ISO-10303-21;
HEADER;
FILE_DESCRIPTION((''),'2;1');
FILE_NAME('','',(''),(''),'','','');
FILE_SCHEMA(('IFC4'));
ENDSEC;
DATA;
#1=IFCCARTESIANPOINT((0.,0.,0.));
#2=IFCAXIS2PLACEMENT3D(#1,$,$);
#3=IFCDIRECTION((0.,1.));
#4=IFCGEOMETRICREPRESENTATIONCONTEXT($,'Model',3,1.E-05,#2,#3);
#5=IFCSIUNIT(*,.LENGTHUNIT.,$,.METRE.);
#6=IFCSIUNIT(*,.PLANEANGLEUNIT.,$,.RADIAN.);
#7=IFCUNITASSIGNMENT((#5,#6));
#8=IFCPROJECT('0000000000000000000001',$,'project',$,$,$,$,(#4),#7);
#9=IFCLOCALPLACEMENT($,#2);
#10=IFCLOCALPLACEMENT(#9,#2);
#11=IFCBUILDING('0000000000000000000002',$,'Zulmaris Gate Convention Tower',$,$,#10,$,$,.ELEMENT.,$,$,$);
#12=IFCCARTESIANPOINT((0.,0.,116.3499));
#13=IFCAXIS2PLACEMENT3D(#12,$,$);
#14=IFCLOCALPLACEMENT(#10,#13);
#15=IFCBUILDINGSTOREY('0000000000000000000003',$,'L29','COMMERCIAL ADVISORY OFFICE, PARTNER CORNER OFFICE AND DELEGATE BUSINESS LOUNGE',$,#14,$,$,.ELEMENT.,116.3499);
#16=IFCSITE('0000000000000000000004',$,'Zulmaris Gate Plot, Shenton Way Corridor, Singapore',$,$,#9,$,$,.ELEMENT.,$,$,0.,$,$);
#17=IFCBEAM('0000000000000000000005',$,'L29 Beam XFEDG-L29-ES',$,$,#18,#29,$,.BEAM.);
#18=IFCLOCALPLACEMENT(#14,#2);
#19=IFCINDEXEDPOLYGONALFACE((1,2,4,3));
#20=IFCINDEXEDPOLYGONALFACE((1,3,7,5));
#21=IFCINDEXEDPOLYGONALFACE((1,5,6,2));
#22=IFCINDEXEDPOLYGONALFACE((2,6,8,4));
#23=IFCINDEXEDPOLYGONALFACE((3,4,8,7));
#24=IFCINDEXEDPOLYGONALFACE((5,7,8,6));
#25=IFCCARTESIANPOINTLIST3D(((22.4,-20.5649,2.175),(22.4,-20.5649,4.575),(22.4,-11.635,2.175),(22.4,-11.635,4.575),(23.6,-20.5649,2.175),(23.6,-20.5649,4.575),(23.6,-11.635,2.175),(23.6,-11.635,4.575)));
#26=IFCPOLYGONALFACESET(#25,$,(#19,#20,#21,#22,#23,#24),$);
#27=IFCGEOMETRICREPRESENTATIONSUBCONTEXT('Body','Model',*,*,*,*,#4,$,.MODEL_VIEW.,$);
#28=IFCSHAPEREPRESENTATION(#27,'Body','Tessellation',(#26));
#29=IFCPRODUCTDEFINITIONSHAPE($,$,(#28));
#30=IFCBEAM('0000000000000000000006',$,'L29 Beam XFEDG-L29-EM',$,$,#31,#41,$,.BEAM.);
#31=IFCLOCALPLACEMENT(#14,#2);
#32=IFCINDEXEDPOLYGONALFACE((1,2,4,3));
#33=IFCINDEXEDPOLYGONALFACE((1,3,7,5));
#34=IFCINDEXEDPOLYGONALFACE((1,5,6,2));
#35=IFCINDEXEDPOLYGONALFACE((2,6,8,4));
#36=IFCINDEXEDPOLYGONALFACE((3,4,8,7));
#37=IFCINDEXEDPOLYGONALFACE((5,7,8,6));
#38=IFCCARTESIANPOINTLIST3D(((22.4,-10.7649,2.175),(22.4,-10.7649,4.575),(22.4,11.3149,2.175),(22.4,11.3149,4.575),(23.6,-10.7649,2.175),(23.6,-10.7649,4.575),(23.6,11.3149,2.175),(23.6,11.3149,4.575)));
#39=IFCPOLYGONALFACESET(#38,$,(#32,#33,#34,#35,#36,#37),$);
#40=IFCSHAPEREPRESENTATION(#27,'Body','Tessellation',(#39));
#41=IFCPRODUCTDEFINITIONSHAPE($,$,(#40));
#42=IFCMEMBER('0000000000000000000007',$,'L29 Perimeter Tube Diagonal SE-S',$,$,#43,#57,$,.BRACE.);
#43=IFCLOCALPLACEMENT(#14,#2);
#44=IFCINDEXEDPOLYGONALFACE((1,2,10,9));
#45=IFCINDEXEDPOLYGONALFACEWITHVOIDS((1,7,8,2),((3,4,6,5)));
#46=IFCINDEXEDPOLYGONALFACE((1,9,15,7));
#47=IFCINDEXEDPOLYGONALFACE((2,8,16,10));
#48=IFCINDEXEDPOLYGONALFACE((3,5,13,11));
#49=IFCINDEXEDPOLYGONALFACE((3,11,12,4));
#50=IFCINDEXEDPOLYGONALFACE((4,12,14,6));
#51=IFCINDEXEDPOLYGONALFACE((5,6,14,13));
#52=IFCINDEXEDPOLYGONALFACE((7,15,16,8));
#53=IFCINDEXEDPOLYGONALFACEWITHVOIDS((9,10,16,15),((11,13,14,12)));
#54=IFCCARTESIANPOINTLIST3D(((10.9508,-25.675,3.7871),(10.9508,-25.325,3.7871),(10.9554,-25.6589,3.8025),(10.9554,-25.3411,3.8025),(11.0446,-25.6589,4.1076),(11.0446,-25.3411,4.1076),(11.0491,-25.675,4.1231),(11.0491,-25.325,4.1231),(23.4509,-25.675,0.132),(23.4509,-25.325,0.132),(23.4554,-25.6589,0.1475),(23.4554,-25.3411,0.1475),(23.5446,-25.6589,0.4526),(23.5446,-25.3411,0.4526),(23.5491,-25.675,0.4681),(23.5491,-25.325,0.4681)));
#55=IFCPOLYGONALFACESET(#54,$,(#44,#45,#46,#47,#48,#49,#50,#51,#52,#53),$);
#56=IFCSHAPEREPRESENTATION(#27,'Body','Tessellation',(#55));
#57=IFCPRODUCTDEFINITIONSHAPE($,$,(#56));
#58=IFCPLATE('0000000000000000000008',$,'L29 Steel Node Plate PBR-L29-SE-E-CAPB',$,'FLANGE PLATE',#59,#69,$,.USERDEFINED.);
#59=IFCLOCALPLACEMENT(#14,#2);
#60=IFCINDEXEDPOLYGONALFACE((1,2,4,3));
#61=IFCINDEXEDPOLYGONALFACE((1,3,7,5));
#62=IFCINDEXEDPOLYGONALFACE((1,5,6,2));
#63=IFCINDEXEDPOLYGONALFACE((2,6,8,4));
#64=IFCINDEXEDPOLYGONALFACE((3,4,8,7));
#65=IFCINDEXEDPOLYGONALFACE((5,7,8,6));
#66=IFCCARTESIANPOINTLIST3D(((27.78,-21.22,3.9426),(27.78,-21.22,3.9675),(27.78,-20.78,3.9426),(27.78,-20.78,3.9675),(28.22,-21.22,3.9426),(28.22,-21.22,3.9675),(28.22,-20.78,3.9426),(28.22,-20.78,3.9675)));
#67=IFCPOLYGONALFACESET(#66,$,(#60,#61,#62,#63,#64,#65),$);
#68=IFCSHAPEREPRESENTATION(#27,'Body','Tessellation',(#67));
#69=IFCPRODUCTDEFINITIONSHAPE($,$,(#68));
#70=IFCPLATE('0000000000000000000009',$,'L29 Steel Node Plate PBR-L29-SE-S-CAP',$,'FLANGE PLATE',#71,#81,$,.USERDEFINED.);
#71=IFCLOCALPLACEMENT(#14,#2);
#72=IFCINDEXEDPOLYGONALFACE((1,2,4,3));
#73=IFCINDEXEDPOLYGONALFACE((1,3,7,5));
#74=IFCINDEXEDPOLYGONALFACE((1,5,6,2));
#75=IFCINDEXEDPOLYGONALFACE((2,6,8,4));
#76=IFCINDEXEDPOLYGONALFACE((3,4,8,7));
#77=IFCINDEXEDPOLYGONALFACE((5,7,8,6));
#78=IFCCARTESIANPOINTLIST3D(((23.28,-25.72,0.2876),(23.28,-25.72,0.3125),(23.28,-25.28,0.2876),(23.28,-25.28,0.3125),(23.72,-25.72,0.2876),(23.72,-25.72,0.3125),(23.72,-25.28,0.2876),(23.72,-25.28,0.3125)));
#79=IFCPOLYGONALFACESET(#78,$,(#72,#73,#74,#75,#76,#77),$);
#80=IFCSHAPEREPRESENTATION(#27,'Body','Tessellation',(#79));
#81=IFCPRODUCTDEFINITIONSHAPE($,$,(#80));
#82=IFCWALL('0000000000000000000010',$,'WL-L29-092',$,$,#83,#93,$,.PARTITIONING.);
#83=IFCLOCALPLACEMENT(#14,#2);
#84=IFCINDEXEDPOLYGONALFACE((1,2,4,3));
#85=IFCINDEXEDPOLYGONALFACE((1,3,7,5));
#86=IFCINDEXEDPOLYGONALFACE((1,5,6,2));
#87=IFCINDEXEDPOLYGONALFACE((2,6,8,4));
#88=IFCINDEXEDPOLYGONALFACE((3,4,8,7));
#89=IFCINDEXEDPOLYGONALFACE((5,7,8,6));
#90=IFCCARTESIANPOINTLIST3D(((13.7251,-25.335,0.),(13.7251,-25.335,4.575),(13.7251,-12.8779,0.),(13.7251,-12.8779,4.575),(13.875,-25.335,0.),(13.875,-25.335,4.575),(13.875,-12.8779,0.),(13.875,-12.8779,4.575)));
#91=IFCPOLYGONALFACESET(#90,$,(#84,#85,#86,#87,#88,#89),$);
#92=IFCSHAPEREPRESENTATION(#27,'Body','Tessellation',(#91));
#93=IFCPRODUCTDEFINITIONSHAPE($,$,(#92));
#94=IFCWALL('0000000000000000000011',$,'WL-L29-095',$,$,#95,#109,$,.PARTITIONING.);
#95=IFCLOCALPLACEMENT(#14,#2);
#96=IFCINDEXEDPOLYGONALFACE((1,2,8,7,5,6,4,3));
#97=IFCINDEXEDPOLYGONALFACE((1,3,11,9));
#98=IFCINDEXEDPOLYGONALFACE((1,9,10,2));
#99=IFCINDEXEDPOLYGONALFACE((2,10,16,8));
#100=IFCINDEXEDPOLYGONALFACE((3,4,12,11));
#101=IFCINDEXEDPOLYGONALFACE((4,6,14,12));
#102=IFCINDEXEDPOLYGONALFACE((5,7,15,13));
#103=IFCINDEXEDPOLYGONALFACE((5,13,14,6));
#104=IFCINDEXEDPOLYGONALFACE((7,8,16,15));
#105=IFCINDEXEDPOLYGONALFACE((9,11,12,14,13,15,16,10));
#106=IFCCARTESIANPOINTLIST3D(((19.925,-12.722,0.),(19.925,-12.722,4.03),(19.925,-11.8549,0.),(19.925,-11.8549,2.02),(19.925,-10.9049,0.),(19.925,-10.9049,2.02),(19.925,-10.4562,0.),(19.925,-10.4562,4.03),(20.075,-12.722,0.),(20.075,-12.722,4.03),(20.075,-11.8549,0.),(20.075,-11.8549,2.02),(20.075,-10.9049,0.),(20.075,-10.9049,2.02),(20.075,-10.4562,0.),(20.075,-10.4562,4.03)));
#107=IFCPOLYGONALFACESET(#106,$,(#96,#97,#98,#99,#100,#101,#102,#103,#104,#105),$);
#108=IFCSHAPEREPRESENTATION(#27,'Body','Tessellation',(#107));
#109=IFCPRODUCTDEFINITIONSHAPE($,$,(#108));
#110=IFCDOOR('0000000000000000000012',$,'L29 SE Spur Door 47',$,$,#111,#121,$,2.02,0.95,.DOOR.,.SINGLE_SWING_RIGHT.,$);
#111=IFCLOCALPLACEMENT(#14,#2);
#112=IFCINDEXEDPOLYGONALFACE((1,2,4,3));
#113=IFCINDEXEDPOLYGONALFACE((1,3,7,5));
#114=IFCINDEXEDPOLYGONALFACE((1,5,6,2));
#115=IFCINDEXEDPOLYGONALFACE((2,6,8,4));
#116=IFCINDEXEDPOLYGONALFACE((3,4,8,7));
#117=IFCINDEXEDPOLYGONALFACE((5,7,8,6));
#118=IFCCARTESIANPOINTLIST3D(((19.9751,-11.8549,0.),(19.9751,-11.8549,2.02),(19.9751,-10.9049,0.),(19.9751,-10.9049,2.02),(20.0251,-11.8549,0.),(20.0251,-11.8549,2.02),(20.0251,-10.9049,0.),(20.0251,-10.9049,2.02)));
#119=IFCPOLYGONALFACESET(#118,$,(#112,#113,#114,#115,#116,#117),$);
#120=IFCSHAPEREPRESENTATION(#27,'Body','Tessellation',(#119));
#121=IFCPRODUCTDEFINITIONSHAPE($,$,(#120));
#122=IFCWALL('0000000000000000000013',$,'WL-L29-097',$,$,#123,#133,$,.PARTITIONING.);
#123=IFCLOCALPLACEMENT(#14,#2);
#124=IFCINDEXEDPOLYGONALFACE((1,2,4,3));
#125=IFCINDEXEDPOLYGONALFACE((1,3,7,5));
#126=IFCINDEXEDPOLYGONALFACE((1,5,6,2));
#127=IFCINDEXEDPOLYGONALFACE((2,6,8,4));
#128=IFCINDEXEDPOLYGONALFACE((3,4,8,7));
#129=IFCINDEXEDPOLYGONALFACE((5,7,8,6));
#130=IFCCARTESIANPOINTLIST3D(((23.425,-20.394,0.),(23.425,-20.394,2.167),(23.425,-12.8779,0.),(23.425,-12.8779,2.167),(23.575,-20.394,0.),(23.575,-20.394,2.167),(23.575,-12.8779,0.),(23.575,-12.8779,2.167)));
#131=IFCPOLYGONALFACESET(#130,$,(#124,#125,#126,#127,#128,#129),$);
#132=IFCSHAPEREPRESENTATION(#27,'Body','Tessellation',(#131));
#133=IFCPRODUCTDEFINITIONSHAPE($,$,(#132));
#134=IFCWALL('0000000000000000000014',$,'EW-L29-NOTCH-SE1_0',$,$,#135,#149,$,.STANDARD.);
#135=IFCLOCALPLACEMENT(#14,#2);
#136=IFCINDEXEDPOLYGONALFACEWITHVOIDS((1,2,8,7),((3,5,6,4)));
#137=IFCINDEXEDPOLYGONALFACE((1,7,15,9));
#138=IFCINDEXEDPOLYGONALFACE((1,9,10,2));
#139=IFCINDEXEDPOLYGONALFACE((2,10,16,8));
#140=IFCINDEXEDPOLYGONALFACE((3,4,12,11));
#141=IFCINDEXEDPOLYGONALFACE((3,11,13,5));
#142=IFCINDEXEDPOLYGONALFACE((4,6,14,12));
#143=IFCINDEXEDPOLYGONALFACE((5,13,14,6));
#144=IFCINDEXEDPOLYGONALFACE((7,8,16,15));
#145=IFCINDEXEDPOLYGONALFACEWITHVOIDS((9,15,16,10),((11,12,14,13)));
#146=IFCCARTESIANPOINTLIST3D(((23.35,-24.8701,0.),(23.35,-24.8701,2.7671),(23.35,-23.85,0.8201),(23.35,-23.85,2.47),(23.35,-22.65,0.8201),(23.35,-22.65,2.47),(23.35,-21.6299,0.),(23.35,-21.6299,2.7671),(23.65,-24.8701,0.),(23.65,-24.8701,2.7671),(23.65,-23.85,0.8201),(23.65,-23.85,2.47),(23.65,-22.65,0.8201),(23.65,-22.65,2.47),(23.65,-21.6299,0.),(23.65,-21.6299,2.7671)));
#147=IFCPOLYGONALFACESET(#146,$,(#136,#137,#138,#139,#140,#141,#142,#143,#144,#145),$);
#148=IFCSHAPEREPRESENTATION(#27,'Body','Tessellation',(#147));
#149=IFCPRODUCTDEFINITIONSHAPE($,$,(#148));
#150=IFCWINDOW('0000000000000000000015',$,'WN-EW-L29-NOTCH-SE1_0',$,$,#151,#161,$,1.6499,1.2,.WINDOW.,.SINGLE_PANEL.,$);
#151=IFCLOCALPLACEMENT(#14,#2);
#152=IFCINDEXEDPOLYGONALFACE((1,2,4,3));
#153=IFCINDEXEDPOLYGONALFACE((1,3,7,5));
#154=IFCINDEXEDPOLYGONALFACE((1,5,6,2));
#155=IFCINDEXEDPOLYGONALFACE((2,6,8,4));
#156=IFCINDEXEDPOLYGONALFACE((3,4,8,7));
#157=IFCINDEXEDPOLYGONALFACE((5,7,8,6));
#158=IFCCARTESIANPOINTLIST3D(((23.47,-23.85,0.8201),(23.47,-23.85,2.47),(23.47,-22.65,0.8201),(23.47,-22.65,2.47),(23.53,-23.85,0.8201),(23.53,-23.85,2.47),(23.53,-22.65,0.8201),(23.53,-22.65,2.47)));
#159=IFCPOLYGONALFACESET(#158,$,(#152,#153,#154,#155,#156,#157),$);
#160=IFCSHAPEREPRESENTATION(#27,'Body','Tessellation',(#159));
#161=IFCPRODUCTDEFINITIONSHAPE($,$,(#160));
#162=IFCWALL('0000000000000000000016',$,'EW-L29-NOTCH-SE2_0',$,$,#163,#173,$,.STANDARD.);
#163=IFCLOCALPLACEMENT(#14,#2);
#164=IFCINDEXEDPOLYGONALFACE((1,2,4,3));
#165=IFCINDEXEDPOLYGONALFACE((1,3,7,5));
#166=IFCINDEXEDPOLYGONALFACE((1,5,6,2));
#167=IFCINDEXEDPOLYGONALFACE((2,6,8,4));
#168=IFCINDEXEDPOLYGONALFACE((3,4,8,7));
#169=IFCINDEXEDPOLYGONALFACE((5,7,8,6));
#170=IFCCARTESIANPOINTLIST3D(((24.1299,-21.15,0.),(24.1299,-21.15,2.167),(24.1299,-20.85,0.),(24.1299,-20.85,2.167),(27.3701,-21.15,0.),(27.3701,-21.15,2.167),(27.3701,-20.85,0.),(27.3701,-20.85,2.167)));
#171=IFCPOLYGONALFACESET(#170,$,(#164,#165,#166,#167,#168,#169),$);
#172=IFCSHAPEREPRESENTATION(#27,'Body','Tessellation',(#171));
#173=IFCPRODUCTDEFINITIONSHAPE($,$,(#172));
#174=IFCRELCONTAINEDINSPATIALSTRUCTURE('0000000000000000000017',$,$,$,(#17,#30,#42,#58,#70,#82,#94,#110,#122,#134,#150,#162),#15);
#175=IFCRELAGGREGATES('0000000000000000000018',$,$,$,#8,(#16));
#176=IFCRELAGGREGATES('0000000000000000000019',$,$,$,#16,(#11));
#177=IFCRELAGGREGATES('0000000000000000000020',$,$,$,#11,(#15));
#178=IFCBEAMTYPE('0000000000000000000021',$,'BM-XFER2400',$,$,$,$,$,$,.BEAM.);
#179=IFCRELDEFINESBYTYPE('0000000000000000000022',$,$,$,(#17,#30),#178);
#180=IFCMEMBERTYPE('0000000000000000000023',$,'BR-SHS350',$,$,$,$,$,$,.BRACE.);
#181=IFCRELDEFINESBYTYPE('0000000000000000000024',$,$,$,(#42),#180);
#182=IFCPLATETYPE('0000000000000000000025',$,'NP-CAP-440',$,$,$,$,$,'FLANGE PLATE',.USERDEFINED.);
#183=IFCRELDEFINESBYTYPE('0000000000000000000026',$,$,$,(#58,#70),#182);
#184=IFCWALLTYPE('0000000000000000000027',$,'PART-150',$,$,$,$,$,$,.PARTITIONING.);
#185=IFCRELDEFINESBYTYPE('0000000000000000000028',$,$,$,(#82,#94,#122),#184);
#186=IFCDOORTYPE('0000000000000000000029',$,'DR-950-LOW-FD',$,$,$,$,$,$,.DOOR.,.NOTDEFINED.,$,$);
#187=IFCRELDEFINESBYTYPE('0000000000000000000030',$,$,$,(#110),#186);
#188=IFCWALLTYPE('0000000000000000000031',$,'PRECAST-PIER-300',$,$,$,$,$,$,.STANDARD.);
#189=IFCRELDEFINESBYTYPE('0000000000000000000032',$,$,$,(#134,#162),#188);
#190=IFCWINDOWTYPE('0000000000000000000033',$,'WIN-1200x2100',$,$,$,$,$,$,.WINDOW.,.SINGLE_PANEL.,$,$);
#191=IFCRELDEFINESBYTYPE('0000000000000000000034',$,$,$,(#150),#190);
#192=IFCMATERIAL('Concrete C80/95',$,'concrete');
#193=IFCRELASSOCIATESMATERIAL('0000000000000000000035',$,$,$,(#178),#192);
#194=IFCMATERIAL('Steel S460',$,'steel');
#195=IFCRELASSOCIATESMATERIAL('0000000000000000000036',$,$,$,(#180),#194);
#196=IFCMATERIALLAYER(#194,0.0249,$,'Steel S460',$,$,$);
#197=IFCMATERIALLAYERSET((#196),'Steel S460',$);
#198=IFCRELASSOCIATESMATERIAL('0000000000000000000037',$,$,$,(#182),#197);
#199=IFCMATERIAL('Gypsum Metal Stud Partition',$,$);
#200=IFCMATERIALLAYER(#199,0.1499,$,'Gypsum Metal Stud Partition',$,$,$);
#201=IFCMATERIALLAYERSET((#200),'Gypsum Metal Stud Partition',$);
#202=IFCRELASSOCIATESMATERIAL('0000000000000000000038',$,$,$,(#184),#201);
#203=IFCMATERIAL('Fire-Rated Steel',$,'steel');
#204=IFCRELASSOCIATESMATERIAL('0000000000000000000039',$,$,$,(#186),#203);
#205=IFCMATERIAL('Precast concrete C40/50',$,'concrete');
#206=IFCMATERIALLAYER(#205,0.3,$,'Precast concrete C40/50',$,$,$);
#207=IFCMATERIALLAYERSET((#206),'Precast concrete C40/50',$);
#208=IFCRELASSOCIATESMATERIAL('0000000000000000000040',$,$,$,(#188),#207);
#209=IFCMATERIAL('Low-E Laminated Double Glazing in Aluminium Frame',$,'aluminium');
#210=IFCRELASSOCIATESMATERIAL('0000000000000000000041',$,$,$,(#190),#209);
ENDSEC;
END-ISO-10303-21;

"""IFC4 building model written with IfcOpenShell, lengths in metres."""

from ifc_helpers import new_model, si_unit, direction, frame, frame_2d, origin, origin_2d, place, context, subcontext, project, spatial, rectangle, hollow_rectangle, extrude, material, layer, layer_set, material_profile, profile_set, type_object, element, fill, save


model = new_model("IFC4")

# Units and contexts
model_context = context("Model", 3, precision=1e-05, world=origin(), true_north=direction((0.0, 1.0)))
body_context = subcontext(model_context, "Body", "Model", "MODEL_VIEW")
ifc_project = project(units=[si_unit("LENGTHUNIT", "METRE"), si_unit("PLANEANGLEUNIT", "RADIAN")], contexts=[model_context])

# Site, building, storey
site_placement = place(None, origin())
site = spatial("IfcSite", under=ifc_project, at=site_placement, Name="Zulmaris Gate Plot, Shenton Way Corridor, Singapore", CompositionType="ELEMENT", RefElevation=0.0)
building_placement = place(site_placement, origin())
building = spatial("IfcBuilding", under=site, at=building_placement, Name="Zulmaris Gate Convention Tower", CompositionType="ELEMENT")
storey_placement = place(building_placement, frame((0.0, 0.0, 116.3499)))
storey = spatial("IfcBuildingStorey", under=building, at=storey_placement, Name="L29", Description="COMMERCIAL ADVISORY OFFICE, PARTNER CORNER OFFICE AND DELEGATE BUSINESS LOUNGE", CompositionType="ELEMENT", Elevation=116.3499)

# Beams
ifc_material_1 = material(Name="Concrete C80/95", Category="concrete")
ifc_material_profile_1 = material_profile(ifc_material_1, rectangle(XDim=1.2, YDim=2.3999, at=origin_2d()), Name="RC TRANSFER 1200x2400")
ifc_profile_set_1 = profile_set([ifc_material_profile_1], Name="Concrete C80/95")
beam_type_1 = type_object("IfcBeamType", Name="BM-XFER2400", PredefinedType="BEAM", material=ifc_profile_set_1)
beam_1_placement = place(storey_placement, frame((23.0, -20.5649, 3.375), z_axis=(0.0, 1.0, 0.0), x_axis=(-1.0, 0.0, 0.0)))
element("IfcBeam", 1, at=beam_1_placement, inside=storey, type_object=beam_type_1, Name="L29 Beam XFEDG-L29-ES", PredefinedType="BEAM", context=body_context, shape_type="SweptSolid", body=[
    extrude(rectangle(XDim=1.2, YDim=2.3999, at=origin_2d()), origin(), (0.0, 0.0, 1.0), 8.9299),
])
beam_2_placement = place(storey_placement, frame((23.0, -10.7649, 3.375), z_axis=(0.0, 1.0, 0.0), x_axis=(-1.0, 0.0, 0.0)))
element("IfcBeam", 2, at=beam_2_placement, inside=storey, type_object=beam_type_1, Name="L29 Beam XFEDG-L29-EM", PredefinedType="BEAM", context=body_context, shape_type="SweptSolid", body=[
    extrude(rectangle(XDim=1.2, YDim=2.3999, at=origin_2d()), origin(), (0.0, 0.0, 1.0), 22.0798),
])

# Member
ifc_material_2 = material(Name="Steel S460", Category="steel")
ifc_material_profile_2 = material_profile(ifc_material_2, hollow_rectangle(XDim=0.3501, YDim=0.3501, WallThickness=0.0161, at=origin_2d()), Name="SHS 350x350x16")
ifc_profile_set_2 = profile_set([ifc_material_profile_2], Name="Steel S460")
member_type = type_object("IfcMemberType", Name="BR-SHS350", PredefinedType="BRACE", material=ifc_profile_set_2)
member_placement = place(storey_placement, frame((23.5, -25.5, 0.3), z_axis=(-0.95981, 0.0, 0.280651), x_axis=(0.0, -1.0, 0.0)))
element("IfcMember", 3, at=member_placement, inside=storey, type_object=member_type, Name="L29 Perimeter Tube Diagonal SE-S", PredefinedType="BRACE", context=body_context, shape_type="SweptSolid", body=[
    extrude(hollow_rectangle(XDim=0.3501, YDim=0.3501, WallThickness=0.0161, at=origin_2d()), origin(), (0.0, 0.0, 1.0), 13.0234),
])

# Plates
ifc_layer_1 = layer(ifc_material_2, 0.0249, Name="Steel S460")
ifc_layer_set_1 = layer_set([ifc_layer_1], Name="Steel S460")
plate_type = type_object("IfcPlateType", Name="NP-CAP-440", ElementType="FLANGE PLATE", PredefinedType="USERDEFINED", material=ifc_layer_set_1)
for number, where, z_axis, x_axis, name in (
    (4, (28.0, -21.0, 3.9426), (0.0, 0.0, 1.0), (1.0, 0.0, 0.0), "L29 Steel Node Plate PBR-L29-SE-E-CAPB"),
    (5, (23.5, -25.5, 0.2876), (0.0, 0.0, 1.0), (1.0, 0.0, 0.0), "L29 Steel Node Plate PBR-L29-SE-S-CAP"),
):
    element("IfcPlate", number, at=place(storey_placement, frame(where, z_axis=z_axis, x_axis=x_axis)), inside=storey, type_object=plate_type, Name=name, ObjectType="FLANGE PLATE", PredefinedType="USERDEFINED", context=body_context, shape_type="SweptSolid", body=[
        extrude(rectangle(XDim=0.4399, YDim=0.4399, at=origin_2d()), origin(), (0.0, 0.0, 1.0), 0.0249),
    ])

# Shared definitions
ifc_material_3 = material(Name="Fire-Rated Steel", Category="steel")

# Wall
ifc_material_4 = material(Name="Gypsum Metal Stud Partition")
ifc_layer_2 = layer(ifc_material_4, 0.1499, Name="Gypsum Metal Stud Partition")
ifc_layer_set_2 = layer_set([ifc_layer_2], Name="Gypsum Metal Stud Partition")
wall_type_1 = type_object("IfcWallType", Name="PART-150", PredefinedType="PARTITIONING", material=ifc_layer_set_2)
wall_1_placement = place(storey_placement, frame((13.8, -25.335, 0.0), z_axis=(0.0, 0.0, 1.0), x_axis=(0.0, 1.0, 0.0)))
element("IfcWall", 6, at=wall_1_placement, inside=storey, type_object=wall_type_1, Name="WL-L29-092", PredefinedType="PARTITIONING", context=body_context, shape_type="SweptSolid", body=[
    extrude(rectangle(XDim=12.457, YDim=0.1499, at=frame_2d((6.2285, 0.0))), origin(), (0.0, 0.0, 1.0), 4.575),
])

# Wall, opening, door
wall_2_placement = place(storey_placement, frame((20.0, -12.7219, 0.0), z_axis=(0.0, 0.0, 1.0), x_axis=(0.0, 1.0, 0.0)))
wall_2 = element("IfcWall", 7, at=wall_2_placement, inside=storey, type_object=wall_type_1, Name="WL-L29-095", PredefinedType="PARTITIONING", context=body_context, shape_type="SweptSolid", body=[
    extrude(rectangle(XDim=2.2659, YDim=0.1499, at=frame_2d((1.1328, 0.0))), origin(), (0.0, 0.0, 1.0), 4.03),
])
opening_1_placement = place(wall_2_placement, frame((0.8669, 0.0, 0.0)))
opening_1 = element("IfcOpeningElement", 8, at=opening_1_placement, cuts=wall_2, PredefinedType="OPENING", context=body_context, shape_type="SweptSolid", body=[
    extrude(rectangle(XDim=0.95, YDim=2.02, at=frame_2d((0.4751, 1.01))), frame((0.0, 0.085, 0.0), z_axis=(0.0, -1.0, 0.0), x_axis=(1.0, 0.0, 0.0)), (0.0, 0.0, 1.0), 0.1699),
])
door_type_1 = type_object("IfcDoorType", Name="DR-950-LOW-FD", OperationType="NOTDEFINED", PredefinedType="DOOR", material=ifc_material_3)
door_1_placement = place(opening_1_placement, origin())
door_1 = element("IfcDoor", 9, at=door_1_placement, inside=storey, type_object=door_type_1, Name="L29 SE Spur Door 47", OperationType="SINGLE_SWING_RIGHT", OverallHeight=2.02, OverallWidth=0.95, PredefinedType="DOOR", context=body_context, shape_type="SweptSolid", body=[
    extrude(rectangle(XDim=0.95, YDim=2.02, at=frame_2d((0.4751, 1.01))), frame((0.0, 0.0249, 0.0), z_axis=(0.0, -1.0, 0.0), x_axis=(1.0, 0.0, 0.0)), (0.0, 0.0, 1.0), 0.05),
])
fill(opening_1, door_1)

# Wall
wall_3_placement = place(storey_placement, frame((23.5, -20.394, 0.0), z_axis=(0.0, 0.0, 1.0), x_axis=(0.0, 1.0, 0.0)))
element("IfcWall", 10, at=wall_3_placement, inside=storey, type_object=wall_type_1, Name="WL-L29-097", PredefinedType="PARTITIONING", context=body_context, shape_type="SweptSolid", body=[
    extrude(rectangle(XDim=7.5161, YDim=0.1499, at=frame_2d((3.7581, 0.0))), origin(), (0.0, 0.0, 1.0), 2.167),
])

# Wall, opening, window
ifc_material_5 = material(Name="Precast concrete C40/50", Category="concrete")
ifc_layer_3 = layer(ifc_material_5, 0.3, Name="Precast concrete C40/50")
ifc_layer_set_3 = layer_set([ifc_layer_3], Name="Precast concrete C40/50")
wall_type_2 = type_object("IfcWallType", Name="PRECAST-PIER-300", PredefinedType="STANDARD", material=ifc_layer_set_3)
wall_4_placement = place(storey_placement, frame((23.5, -24.8701, 0.0), z_axis=(0.0, 0.0, 1.0), x_axis=(0.0, 1.0, 0.0)))
wall_4 = element("IfcWall", 11, at=wall_4_placement, inside=storey, type_object=wall_type_2, Name="EW-L29-NOTCH-SE1_0", PredefinedType="STANDARD", context=body_context, shape_type="SweptSolid", body=[
    extrude(rectangle(XDim=3.2402, YDim=0.3, at=frame_2d((1.6201, 0.0))), origin(), (0.0, 0.0, 1.0), 2.7671),
])
opening_2_placement = place(wall_4_placement, frame((1.02, 0.0, 0.8201)))
opening_2 = element("IfcOpeningElement", 12, at=opening_2_placement, cuts=wall_4, PredefinedType="OPENING", context=body_context, shape_type="SweptSolid", body=[
    extrude(rectangle(XDim=1.2, YDim=1.6499, at=frame_2d((0.6001, 0.825))), frame((0.0, 0.1602, 0.0), z_axis=(0.0, -1.0, 0.0), x_axis=(1.0, 0.0, 0.0)), (0.0, 0.0, 1.0), 0.3201),
])
ifc_material_6 = material(Name="Low-E Laminated Double Glazing in Aluminium Frame", Category="aluminium")
window_type = type_object("IfcWindowType", Name="WIN-1200x2100", PartitioningType="SINGLE_PANEL", PredefinedType="WINDOW", material=ifc_material_6)
window_placement = place(opening_2_placement, origin())
window = element("IfcWindow", 13, at=window_placement, inside=storey, type_object=window_type, Name="WN-EW-L29-NOTCH-SE1_0", OverallHeight=1.6499, OverallWidth=1.2, PartitioningType="SINGLE_PANEL", PredefinedType="WINDOW", context=body_context, shape_type="SweptSolid", body=[
    extrude(rectangle(XDim=1.2, YDim=1.6499, at=frame_2d((0.6001, 0.825))), frame((0.0, 0.03, 0.0), z_axis=(0.0, -1.0, 0.0), x_axis=(1.0, 0.0, 0.0)), (0.0, 0.0, 1.0), 0.0601),
])
fill(opening_2, window)

# Wall
wall_5_placement = place(storey_placement, frame((24.1299, -21.0, 0.0), z_axis=(0.0, 0.0, 1.0), x_axis=(1.0, 0.0, 0.0)))
element("IfcWall", 14, at=wall_5_placement, inside=storey, type_object=wall_type_2, Name="EW-L29-NOTCH-SE2_0", PredefinedType="STANDARD", context=body_context, shape_type="SweptSolid", body=[
    extrude(rectangle(XDim=3.2402, YDim=0.3, at=frame_2d((1.6201, 0.0))), origin(), (0.0, 0.0, 1.0), 2.167),
])

save(model, "model.ifc")
